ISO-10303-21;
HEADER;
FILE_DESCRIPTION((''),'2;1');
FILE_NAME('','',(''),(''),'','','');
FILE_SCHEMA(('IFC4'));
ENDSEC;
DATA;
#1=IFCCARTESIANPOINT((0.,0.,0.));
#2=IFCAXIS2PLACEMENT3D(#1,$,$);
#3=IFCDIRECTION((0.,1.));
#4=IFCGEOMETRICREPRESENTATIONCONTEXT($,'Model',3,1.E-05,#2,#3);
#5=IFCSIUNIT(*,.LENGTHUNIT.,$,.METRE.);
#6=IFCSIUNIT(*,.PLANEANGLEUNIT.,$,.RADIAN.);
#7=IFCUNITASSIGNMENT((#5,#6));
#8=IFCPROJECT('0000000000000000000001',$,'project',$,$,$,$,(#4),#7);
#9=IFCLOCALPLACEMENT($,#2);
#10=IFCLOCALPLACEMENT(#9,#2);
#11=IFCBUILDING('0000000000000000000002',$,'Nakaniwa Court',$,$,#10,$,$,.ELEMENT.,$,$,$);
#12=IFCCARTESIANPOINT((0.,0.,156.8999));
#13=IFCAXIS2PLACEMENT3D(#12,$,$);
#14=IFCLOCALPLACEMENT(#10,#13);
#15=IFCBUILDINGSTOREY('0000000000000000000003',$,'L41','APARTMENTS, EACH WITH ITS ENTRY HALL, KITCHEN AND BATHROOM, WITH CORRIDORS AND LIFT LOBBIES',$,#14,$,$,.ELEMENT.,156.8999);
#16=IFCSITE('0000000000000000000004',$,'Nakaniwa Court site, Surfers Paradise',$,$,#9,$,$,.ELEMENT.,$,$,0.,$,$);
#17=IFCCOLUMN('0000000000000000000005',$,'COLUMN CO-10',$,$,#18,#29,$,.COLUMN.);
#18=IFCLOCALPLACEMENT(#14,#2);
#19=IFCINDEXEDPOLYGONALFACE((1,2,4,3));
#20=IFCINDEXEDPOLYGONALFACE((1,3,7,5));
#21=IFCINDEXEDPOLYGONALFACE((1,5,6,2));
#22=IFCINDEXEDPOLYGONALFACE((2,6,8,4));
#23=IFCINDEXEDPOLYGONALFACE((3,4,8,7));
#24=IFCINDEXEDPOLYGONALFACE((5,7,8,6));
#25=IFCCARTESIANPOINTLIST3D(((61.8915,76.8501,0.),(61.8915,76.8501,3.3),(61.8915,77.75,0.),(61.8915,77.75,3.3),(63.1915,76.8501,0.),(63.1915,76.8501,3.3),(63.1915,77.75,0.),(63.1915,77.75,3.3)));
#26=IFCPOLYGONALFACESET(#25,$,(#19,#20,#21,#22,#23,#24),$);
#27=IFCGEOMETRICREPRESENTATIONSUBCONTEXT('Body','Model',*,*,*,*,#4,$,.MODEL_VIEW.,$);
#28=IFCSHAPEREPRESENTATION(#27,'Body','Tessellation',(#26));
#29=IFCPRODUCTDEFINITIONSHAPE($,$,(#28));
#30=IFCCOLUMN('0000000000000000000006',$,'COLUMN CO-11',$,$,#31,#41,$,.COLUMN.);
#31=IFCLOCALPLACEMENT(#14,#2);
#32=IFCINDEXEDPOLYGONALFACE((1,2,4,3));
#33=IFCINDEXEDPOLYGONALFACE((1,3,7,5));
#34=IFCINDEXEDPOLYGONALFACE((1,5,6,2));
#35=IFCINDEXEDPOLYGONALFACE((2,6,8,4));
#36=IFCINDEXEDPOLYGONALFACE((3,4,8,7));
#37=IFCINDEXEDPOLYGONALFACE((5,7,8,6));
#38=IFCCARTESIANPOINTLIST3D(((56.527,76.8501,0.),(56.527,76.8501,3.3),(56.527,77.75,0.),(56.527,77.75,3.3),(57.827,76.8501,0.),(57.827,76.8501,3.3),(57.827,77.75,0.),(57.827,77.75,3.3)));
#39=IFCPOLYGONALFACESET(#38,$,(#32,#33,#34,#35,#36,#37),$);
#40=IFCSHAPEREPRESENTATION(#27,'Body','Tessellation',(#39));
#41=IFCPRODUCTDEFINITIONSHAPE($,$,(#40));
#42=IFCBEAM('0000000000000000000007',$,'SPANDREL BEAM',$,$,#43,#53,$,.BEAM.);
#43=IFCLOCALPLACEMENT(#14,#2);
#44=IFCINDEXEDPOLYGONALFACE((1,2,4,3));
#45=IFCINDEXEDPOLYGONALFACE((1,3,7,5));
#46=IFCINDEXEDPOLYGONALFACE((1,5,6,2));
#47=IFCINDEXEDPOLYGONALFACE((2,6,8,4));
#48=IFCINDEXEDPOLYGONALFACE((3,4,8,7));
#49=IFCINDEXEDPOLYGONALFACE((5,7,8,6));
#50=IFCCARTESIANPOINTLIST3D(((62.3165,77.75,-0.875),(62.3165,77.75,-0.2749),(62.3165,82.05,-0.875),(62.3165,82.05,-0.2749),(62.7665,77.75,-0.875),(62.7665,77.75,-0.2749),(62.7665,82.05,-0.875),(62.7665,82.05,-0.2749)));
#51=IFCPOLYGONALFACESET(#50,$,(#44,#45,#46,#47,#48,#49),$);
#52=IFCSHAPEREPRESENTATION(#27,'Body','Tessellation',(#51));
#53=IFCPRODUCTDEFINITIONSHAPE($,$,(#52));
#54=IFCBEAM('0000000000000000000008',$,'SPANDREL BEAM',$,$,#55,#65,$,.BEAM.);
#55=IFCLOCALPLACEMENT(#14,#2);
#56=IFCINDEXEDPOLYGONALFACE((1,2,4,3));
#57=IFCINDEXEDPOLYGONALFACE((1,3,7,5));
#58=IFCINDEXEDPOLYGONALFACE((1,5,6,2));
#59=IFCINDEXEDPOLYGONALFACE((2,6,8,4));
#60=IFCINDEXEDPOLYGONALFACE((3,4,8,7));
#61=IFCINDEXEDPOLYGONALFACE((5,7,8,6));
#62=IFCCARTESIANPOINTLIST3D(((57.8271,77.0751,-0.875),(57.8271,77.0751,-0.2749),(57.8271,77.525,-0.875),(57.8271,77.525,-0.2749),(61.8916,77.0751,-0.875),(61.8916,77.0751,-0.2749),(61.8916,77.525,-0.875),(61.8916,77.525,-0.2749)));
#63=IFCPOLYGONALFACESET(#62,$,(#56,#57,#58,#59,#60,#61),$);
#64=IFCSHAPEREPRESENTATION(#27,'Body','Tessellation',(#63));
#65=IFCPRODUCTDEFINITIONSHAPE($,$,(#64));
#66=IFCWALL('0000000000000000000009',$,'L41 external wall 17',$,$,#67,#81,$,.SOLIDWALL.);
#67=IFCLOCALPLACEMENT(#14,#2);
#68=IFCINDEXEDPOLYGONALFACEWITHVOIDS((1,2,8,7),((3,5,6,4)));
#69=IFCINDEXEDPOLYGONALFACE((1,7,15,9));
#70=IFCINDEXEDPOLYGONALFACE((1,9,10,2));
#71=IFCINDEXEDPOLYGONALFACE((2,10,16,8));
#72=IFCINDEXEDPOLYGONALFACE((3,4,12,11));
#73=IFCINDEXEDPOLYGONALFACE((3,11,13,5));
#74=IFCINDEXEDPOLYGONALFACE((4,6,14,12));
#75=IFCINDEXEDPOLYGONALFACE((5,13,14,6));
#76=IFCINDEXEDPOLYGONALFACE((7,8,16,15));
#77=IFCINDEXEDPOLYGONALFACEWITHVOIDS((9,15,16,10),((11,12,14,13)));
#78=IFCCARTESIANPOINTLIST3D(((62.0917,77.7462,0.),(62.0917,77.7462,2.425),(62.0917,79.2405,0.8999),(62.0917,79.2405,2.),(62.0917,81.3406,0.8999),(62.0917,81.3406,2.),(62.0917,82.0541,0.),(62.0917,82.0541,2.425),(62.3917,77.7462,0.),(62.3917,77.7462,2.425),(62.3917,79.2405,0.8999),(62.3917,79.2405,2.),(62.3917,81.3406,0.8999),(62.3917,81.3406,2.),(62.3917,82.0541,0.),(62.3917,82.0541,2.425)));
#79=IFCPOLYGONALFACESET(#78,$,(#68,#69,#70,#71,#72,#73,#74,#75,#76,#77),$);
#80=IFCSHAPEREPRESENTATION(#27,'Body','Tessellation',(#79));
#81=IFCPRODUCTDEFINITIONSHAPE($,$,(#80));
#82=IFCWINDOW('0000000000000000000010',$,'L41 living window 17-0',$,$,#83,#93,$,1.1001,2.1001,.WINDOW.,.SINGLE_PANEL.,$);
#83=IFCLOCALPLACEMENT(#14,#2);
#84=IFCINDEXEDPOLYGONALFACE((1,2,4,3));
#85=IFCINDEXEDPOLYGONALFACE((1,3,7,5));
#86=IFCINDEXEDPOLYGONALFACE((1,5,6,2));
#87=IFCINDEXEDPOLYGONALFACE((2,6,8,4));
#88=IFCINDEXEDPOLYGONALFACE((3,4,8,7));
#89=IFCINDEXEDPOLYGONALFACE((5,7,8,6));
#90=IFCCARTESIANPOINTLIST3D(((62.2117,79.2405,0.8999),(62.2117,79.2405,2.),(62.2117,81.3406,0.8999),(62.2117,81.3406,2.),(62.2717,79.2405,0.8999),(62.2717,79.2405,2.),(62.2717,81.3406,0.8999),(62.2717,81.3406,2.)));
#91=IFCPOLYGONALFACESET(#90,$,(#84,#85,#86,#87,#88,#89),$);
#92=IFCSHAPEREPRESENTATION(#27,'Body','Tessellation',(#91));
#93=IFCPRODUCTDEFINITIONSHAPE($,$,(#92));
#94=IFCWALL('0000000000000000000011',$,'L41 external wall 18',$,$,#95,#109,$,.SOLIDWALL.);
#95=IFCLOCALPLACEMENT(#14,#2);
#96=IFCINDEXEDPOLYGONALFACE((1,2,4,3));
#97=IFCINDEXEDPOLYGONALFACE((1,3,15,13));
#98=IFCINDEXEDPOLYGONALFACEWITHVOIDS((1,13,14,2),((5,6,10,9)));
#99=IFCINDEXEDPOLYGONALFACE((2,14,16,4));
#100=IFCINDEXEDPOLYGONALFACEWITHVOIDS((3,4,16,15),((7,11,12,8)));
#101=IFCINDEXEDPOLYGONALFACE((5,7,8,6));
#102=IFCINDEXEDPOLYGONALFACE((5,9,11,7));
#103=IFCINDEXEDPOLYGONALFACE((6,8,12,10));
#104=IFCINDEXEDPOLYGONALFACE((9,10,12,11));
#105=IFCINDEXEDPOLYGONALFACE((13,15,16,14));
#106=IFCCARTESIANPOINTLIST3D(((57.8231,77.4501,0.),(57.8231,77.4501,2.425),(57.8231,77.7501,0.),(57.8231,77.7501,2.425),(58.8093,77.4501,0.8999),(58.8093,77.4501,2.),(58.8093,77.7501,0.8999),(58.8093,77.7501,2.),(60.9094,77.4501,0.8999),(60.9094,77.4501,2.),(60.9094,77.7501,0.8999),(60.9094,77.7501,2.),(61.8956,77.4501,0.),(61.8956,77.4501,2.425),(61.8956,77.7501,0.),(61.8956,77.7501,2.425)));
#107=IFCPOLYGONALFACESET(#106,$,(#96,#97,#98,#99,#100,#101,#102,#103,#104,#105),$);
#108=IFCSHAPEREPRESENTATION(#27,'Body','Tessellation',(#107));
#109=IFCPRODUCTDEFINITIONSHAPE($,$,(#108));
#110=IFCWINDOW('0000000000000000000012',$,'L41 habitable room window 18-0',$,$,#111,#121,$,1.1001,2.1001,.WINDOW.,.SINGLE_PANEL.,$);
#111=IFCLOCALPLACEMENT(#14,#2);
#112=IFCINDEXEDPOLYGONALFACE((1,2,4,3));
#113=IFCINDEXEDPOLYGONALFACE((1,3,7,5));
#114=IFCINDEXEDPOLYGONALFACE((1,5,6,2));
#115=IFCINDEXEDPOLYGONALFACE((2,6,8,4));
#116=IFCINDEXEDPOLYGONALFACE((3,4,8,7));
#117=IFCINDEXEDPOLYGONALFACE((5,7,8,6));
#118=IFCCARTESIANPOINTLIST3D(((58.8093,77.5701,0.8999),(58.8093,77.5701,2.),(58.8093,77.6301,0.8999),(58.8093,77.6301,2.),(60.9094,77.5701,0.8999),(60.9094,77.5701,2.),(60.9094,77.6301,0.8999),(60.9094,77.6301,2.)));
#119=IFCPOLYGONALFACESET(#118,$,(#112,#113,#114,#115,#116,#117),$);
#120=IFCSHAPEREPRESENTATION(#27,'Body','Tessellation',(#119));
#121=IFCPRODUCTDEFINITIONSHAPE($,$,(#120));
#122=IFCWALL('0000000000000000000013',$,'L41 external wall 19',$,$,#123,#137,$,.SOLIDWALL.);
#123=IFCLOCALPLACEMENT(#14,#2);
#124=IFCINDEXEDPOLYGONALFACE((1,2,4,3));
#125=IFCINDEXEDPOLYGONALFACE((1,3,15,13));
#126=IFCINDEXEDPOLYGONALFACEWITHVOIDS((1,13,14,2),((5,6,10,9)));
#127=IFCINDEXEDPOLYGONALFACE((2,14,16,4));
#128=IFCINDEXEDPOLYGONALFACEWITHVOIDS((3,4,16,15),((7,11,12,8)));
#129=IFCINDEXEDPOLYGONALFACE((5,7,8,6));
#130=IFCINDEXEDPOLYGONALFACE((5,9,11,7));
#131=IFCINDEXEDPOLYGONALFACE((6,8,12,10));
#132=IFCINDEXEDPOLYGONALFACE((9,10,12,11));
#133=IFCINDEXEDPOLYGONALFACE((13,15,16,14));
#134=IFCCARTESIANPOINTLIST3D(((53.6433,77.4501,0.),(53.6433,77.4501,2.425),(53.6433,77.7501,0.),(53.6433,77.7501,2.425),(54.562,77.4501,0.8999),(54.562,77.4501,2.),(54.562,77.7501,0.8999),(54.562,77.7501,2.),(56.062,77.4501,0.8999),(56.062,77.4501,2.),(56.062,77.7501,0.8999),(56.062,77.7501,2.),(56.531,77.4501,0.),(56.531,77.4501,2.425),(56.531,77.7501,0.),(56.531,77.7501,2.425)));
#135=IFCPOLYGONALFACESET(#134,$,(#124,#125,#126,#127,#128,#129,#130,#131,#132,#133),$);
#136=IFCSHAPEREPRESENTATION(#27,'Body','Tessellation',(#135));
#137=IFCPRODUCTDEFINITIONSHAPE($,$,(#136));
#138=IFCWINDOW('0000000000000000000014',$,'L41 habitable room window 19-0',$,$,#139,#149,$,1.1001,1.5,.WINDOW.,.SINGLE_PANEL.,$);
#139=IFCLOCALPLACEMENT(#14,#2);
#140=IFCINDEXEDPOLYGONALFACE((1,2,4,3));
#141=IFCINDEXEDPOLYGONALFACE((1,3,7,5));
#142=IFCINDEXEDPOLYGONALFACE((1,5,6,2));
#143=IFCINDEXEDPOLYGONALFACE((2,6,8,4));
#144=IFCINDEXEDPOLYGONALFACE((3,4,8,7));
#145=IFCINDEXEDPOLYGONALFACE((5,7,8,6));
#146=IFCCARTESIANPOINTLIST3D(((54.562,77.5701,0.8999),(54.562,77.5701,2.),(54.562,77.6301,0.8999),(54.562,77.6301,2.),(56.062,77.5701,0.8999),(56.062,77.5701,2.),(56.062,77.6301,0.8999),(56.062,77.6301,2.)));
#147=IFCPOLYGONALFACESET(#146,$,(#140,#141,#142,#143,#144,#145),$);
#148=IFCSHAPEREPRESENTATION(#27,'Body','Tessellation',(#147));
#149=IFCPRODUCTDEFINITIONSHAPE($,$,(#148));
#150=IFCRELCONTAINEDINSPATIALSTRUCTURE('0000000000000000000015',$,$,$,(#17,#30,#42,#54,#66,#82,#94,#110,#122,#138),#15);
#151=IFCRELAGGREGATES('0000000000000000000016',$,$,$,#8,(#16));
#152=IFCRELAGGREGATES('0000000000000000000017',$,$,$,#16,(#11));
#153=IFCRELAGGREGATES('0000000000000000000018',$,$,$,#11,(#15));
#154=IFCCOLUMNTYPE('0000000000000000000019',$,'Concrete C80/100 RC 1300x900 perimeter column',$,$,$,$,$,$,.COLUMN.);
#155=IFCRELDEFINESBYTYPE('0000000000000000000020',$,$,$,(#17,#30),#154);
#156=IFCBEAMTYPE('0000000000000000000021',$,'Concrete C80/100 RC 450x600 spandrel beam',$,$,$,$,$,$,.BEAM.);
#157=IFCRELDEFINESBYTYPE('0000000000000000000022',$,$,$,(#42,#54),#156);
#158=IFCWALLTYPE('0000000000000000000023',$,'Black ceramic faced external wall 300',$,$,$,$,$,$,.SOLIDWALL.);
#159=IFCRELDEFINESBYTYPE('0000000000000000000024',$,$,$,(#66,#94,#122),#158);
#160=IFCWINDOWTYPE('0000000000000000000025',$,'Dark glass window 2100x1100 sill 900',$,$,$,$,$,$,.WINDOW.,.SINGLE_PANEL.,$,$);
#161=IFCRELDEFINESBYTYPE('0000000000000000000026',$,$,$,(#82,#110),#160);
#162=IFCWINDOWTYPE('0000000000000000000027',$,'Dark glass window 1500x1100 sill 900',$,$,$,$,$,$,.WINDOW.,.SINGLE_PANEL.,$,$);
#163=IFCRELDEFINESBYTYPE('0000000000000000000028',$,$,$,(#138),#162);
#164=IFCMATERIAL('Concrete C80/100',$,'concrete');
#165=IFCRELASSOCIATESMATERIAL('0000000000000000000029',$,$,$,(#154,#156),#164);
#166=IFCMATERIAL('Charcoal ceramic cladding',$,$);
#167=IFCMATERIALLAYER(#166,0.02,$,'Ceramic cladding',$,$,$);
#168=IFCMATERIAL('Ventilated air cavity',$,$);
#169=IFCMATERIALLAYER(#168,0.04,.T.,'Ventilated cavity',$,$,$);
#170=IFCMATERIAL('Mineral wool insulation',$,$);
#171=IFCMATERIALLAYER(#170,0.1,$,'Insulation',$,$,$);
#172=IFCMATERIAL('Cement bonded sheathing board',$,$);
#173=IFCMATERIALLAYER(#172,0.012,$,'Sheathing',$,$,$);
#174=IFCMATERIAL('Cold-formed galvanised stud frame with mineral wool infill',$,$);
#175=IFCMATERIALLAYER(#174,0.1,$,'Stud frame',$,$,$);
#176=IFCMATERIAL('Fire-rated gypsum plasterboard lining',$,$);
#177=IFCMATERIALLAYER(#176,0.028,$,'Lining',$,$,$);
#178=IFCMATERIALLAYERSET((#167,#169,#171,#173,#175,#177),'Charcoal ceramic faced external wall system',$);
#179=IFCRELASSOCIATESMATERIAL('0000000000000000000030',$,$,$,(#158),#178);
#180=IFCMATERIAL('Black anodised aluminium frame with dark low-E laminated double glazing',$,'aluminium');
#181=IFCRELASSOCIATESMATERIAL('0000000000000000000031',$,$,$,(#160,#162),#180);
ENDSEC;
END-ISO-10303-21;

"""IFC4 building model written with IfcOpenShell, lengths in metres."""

from ifc_helpers import new_model, si_unit, direction, frame, frame_2d, origin, origin_2d, place, context, subcontext, project, spatial, rectangle, extrude, material, layer, layer_set, material_profile, profile_set, type_object, element, fill, save


model = new_model("IFC4")

# Units and contexts
model_context = context("Model", 3, precision=1e-05, world=origin(), true_north=direction((0.0, 1.0)))
body_context = subcontext(model_context, "Body", "Model", "MODEL_VIEW")
ifc_project = project(units=[si_unit("LENGTHUNIT", "METRE"), si_unit("PLANEANGLEUNIT", "RADIAN")], contexts=[model_context])

# Site, building, storey
site_placement = place(None, origin())
site = spatial("IfcSite", under=ifc_project, at=site_placement, Name="Nakaniwa Court site, Surfers Paradise", CompositionType="ELEMENT", RefElevation=0.0)
building_placement = place(site_placement, origin())
building = spatial("IfcBuilding", under=site, at=building_placement, Name="Nakaniwa Court", CompositionType="ELEMENT")
storey_placement = place(building_placement, frame((0.0, 0.0, 156.8999)))
storey = spatial("IfcBuildingStorey", under=building, at=storey_placement, Name="L41", Description="APARTMENTS, EACH WITH ITS ENTRY HALL, KITCHEN AND BATHROOM, WITH CORRIDORS AND LIFT LOBBIES", CompositionType="ELEMENT", Elevation=156.8999)

# Columns
ifc_material_1 = material(Name="Concrete C80/100", Category="concrete")
ifc_material_profile_1 = material_profile(ifc_material_1, rectangle(XDim=1.3, YDim=0.8999, at=origin_2d()), Name="Concrete C80/100 RC 1300x900 perimeter column")
ifc_profile_set_1 = profile_set([ifc_material_profile_1], Name="Concrete C80/100")
column_type = type_object("IfcColumnType", Name="Concrete C80/100 RC 1300x900 perimeter column", PredefinedType="COLUMN", material=ifc_profile_set_1)
for number, where, z_axis, x_axis, name in (
    (1, (62.5415, 77.3, 0.0), (0.0, 0.0, 1.0), (-1.0, 0.0, 0.0), "COLUMN CO-10"),
    (2, (57.177, 77.3, 0.0), (0.0, 0.0, 1.0), (-1.0, 0.0, 0.0), "COLUMN CO-11"),
):
    element("IfcColumn", number, at=place(storey_placement, frame(where, z_axis=z_axis, x_axis=x_axis)), inside=storey, type_object=column_type, Name=name, PredefinedType="COLUMN", context=body_context, shape_type="SweptSolid", body=[
        extrude(rectangle(XDim=1.3, YDim=0.8999, at=origin_2d()), origin(), (0.0, 0.0, 1.0), 3.3),
    ])

# Beams
ifc_material_profile_2 = material_profile(ifc_material_1, rectangle(XDim=0.45, YDim=0.6001, at=origin_2d()), Name="Concrete C80/100 RC 450x600 spandrel beam")
ifc_profile_set_2 = profile_set([ifc_material_profile_2], Name="Concrete C80/100")
beam_type = type_object("IfcBeamType", Name="Concrete C80/100 RC 450x600 spandrel beam", PredefinedType="BEAM", material=ifc_profile_set_2)
beam_1_placement = place(storey_placement, frame((62.5415, 82.05, -0.575), z_axis=(0.0, -1.0, 0.0), x_axis=(1.0, 0.0, 0.0)))
element("IfcBeam", 3, at=beam_1_placement, inside=storey, type_object=beam_type, Name="SPANDREL BEAM", PredefinedType="BEAM", context=body_context, shape_type="SweptSolid", body=[
    extrude(rectangle(XDim=0.45, YDim=0.6001, at=origin_2d()), origin(), (0.0, 0.0, 1.0), 4.3),
])
beam_2_placement = place(storey_placement, frame((61.8916, 77.3, -0.575), z_axis=(-1.0, 0.0, 0.0), x_axis=(0.0, -1.0, 0.0)))
element("IfcBeam", 4, at=beam_2_placement, inside=storey, type_object=beam_type, Name="SPANDREL BEAM", PredefinedType="BEAM", context=body_context, shape_type="SweptSolid", body=[
    extrude(rectangle(XDim=0.45, YDim=0.6001, at=origin_2d()), origin(), (0.0, 0.0, 1.0), 4.0645),
])

# Walls, openings, windows
ifc_material_2 = material(Name="Charcoal ceramic cladding")
ifc_layer_1 = layer(ifc_material_2, 0.02, Name="Ceramic cladding")
ifc_material_3 = material(Name="Ventilated air cavity")
ifc_layer_2 = layer(ifc_material_3, 0.04, ventilated=True, Name="Ventilated cavity")
ifc_material_4 = material(Name="Mineral wool insulation")
ifc_layer_3 = layer(ifc_material_4, 0.1, Name="Insulation")
ifc_material_5 = material(Name="Cement bonded sheathing board")
ifc_layer_4 = layer(ifc_material_5, 0.012, Name="Sheathing")
ifc_material_6 = material(Name="Cold-formed galvanised stud frame with mineral wool infill")
ifc_layer_5 = layer(ifc_material_6, 0.1, Name="Stud frame")
ifc_material_7 = material(Name="Fire-rated gypsum plasterboard lining")
ifc_layer_6 = layer(ifc_material_7, 0.028, Name="Lining")
ifc_layer_set_1 = layer_set([ifc_layer_1, ifc_layer_2, ifc_layer_3, ifc_layer_4, ifc_layer_5, ifc_layer_6], Name="Charcoal ceramic faced external wall system")
wall_type_1 = type_object("IfcWallType", Name="Black ceramic faced external wall 300", PredefinedType="SOLIDWALL", material=ifc_layer_set_1)
wall_1_placement = place(storey_placement, frame((62.2417, 82.054, 0.0), z_axis=(0.0, 0.0, 1.0), x_axis=(0.0, -1.0, 0.0)))
wall_1 = element("IfcWall", 5, at=wall_1_placement, inside=storey, type_object=wall_type_1, Name="L41 external wall 17", PredefinedType="SOLIDWALL", context=body_context, shape_type="SweptSolid", body=[
    extrude(rectangle(XDim=4.3079, YDim=0.3, at=frame_2d((2.1538, 0.0))), origin(), (0.0, 0.0, 1.0), 2.425),
])
opening_1_placement = place(wall_1_placement, frame((0.7134, 0.0, 0.8999)))
opening_1 = element("IfcOpeningElement", 6, at=opening_1_placement, cuts=wall_1, PredefinedType="OPENING", context=body_context, shape_type="SweptSolid", body=[
    extrude(rectangle(XDim=2.1001, YDim=1.1001, at=frame_2d((1.05, 0.55))), frame((0.0, 0.1599, 0.0), z_axis=(0.0, -1.0, 0.0), x_axis=(1.0, 0.0, 0.0)), (0.0, 0.0, 1.0), 0.3201),
])
ifc_material_8 = material(Name="Black anodised aluminium frame with dark low-E laminated double glazing", Category="aluminium")
window_type_1 = type_object("IfcWindowType", Name="Dark glass window 2100x1100 sill 900", PartitioningType="SINGLE_PANEL", PredefinedType="WINDOW", material=ifc_material_8)
window_1_placement = place(opening_1_placement, origin())
window_1 = element("IfcWindow", 7, at=window_1_placement, inside=storey, type_object=window_type_1, Name="L41 living window 17-0", OverallHeight=1.1001, OverallWidth=2.1001, PartitioningType="SINGLE_PANEL", PredefinedType="WINDOW", context=body_context, shape_type="SweptSolid", body=[
    extrude(rectangle(XDim=2.1001, YDim=1.1001, at=frame_2d((1.05, 0.55))), frame((0.0, 0.03, 0.0), z_axis=(0.0, -1.0, 0.0), x_axis=(1.0, 0.0, 0.0)), (0.0, 0.0, 1.0), 0.0601),
])
fill(opening_1, window_1)
wall_2_placement = place(storey_placement, frame((61.8955, 77.6001, 0.0), z_axis=(0.0, 0.0, 1.0), x_axis=(-1.0, 0.0, 0.0)))
wall_2 = element("IfcWall", 8, at=wall_2_placement, inside=storey, type_object=wall_type_1, Name="L41 external wall 18", PredefinedType="SOLIDWALL", context=body_context, shape_type="SweptSolid", body=[
    extrude(rectangle(XDim=4.0725, YDim=0.3, at=frame_2d((2.0361, 0.0))), origin(), (0.0, 0.0, 1.0), 2.425),
])
opening_2_placement = place(wall_2_placement, frame((0.9861, 0.0, 0.8999)))
opening_2 = element("IfcOpeningElement", 9, at=opening_2_placement, cuts=wall_2, PredefinedType="OPENING", context=body_context, shape_type="SweptSolid", body=[
    extrude(rectangle(XDim=2.1001, YDim=1.1001, at=frame_2d((1.05, 0.55))), frame((0.0, 0.1599, 0.0), z_axis=(0.0, -1.0, 0.0), x_axis=(1.0, 0.0, 0.0)), (0.0, 0.0, 1.0), 0.3201),
])
window_2_placement = place(opening_2_placement, origin())
window_2 = element("IfcWindow", 10, at=window_2_placement, inside=storey, type_object=window_type_1, Name="L41 habitable room window 18-0", OverallHeight=1.1001, OverallWidth=2.1001, PartitioningType="SINGLE_PANEL", PredefinedType="WINDOW", context=body_context, shape_type="SweptSolid", body=[
    extrude(rectangle(XDim=2.1001, YDim=1.1001, at=frame_2d((1.05, 0.55))), frame((0.0, 0.03, 0.0), z_axis=(0.0, -1.0, 0.0), x_axis=(1.0, 0.0, 0.0)), (0.0, 0.0, 1.0), 0.0601),
])
fill(opening_2, window_2)
wall_3_placement = place(storey_placement, frame((56.531, 77.6001, 0.0), z_axis=(0.0, 0.0, 1.0), x_axis=(-1.0, 0.0, 0.0)))
wall_3 = element("IfcWall", 11, at=wall_3_placement, inside=storey, type_object=wall_type_1, Name="L41 external wall 19", PredefinedType="SOLIDWALL", context=body_context, shape_type="SweptSolid", body=[
    extrude(rectangle(XDim=2.8877, YDim=0.3, at=frame_2d((1.4438, 0.0))), origin(), (0.0, 0.0, 1.0), 2.425),
])
opening_3_placement = place(wall_3_placement, frame((0.469, 0.0, 0.8999)))
opening_3 = element("IfcOpeningElement", 12, at=opening_3_placement, cuts=wall_3, PredefinedType="OPENING", context=body_context, shape_type="SweptSolid", body=[
    extrude(rectangle(XDim=1.5, YDim=1.1001, at=frame_2d((0.75, 0.55))), frame((0.0, 0.1599, 0.0), z_axis=(0.0, -1.0, 0.0), x_axis=(1.0, 0.0, 0.0)), (0.0, 0.0, 1.0), 0.3201),
])
window_type_2 = type_object("IfcWindowType", Name="Dark glass window 1500x1100 sill 900", PartitioningType="SINGLE_PANEL", PredefinedType="WINDOW", material=ifc_material_8)
window_3_placement = place(opening_3_placement, origin())
window_3 = element("IfcWindow", 13, at=window_3_placement, inside=storey, type_object=window_type_2, Name="L41 habitable room window 19-0", OverallHeight=1.1001, OverallWidth=1.5, PartitioningType="SINGLE_PANEL", PredefinedType="WINDOW", context=body_context, shape_type="SweptSolid", body=[
    extrude(rectangle(XDim=1.5, YDim=1.1001, at=frame_2d((0.75, 0.55))), frame((0.0, 0.03, 0.0), z_axis=(0.0, -1.0, 0.0), x_axis=(1.0, 0.0, 0.0)), (0.0, 0.0, 1.0), 0.0601),
])
fill(opening_3, window_3)

save(model, "model.ifc")
